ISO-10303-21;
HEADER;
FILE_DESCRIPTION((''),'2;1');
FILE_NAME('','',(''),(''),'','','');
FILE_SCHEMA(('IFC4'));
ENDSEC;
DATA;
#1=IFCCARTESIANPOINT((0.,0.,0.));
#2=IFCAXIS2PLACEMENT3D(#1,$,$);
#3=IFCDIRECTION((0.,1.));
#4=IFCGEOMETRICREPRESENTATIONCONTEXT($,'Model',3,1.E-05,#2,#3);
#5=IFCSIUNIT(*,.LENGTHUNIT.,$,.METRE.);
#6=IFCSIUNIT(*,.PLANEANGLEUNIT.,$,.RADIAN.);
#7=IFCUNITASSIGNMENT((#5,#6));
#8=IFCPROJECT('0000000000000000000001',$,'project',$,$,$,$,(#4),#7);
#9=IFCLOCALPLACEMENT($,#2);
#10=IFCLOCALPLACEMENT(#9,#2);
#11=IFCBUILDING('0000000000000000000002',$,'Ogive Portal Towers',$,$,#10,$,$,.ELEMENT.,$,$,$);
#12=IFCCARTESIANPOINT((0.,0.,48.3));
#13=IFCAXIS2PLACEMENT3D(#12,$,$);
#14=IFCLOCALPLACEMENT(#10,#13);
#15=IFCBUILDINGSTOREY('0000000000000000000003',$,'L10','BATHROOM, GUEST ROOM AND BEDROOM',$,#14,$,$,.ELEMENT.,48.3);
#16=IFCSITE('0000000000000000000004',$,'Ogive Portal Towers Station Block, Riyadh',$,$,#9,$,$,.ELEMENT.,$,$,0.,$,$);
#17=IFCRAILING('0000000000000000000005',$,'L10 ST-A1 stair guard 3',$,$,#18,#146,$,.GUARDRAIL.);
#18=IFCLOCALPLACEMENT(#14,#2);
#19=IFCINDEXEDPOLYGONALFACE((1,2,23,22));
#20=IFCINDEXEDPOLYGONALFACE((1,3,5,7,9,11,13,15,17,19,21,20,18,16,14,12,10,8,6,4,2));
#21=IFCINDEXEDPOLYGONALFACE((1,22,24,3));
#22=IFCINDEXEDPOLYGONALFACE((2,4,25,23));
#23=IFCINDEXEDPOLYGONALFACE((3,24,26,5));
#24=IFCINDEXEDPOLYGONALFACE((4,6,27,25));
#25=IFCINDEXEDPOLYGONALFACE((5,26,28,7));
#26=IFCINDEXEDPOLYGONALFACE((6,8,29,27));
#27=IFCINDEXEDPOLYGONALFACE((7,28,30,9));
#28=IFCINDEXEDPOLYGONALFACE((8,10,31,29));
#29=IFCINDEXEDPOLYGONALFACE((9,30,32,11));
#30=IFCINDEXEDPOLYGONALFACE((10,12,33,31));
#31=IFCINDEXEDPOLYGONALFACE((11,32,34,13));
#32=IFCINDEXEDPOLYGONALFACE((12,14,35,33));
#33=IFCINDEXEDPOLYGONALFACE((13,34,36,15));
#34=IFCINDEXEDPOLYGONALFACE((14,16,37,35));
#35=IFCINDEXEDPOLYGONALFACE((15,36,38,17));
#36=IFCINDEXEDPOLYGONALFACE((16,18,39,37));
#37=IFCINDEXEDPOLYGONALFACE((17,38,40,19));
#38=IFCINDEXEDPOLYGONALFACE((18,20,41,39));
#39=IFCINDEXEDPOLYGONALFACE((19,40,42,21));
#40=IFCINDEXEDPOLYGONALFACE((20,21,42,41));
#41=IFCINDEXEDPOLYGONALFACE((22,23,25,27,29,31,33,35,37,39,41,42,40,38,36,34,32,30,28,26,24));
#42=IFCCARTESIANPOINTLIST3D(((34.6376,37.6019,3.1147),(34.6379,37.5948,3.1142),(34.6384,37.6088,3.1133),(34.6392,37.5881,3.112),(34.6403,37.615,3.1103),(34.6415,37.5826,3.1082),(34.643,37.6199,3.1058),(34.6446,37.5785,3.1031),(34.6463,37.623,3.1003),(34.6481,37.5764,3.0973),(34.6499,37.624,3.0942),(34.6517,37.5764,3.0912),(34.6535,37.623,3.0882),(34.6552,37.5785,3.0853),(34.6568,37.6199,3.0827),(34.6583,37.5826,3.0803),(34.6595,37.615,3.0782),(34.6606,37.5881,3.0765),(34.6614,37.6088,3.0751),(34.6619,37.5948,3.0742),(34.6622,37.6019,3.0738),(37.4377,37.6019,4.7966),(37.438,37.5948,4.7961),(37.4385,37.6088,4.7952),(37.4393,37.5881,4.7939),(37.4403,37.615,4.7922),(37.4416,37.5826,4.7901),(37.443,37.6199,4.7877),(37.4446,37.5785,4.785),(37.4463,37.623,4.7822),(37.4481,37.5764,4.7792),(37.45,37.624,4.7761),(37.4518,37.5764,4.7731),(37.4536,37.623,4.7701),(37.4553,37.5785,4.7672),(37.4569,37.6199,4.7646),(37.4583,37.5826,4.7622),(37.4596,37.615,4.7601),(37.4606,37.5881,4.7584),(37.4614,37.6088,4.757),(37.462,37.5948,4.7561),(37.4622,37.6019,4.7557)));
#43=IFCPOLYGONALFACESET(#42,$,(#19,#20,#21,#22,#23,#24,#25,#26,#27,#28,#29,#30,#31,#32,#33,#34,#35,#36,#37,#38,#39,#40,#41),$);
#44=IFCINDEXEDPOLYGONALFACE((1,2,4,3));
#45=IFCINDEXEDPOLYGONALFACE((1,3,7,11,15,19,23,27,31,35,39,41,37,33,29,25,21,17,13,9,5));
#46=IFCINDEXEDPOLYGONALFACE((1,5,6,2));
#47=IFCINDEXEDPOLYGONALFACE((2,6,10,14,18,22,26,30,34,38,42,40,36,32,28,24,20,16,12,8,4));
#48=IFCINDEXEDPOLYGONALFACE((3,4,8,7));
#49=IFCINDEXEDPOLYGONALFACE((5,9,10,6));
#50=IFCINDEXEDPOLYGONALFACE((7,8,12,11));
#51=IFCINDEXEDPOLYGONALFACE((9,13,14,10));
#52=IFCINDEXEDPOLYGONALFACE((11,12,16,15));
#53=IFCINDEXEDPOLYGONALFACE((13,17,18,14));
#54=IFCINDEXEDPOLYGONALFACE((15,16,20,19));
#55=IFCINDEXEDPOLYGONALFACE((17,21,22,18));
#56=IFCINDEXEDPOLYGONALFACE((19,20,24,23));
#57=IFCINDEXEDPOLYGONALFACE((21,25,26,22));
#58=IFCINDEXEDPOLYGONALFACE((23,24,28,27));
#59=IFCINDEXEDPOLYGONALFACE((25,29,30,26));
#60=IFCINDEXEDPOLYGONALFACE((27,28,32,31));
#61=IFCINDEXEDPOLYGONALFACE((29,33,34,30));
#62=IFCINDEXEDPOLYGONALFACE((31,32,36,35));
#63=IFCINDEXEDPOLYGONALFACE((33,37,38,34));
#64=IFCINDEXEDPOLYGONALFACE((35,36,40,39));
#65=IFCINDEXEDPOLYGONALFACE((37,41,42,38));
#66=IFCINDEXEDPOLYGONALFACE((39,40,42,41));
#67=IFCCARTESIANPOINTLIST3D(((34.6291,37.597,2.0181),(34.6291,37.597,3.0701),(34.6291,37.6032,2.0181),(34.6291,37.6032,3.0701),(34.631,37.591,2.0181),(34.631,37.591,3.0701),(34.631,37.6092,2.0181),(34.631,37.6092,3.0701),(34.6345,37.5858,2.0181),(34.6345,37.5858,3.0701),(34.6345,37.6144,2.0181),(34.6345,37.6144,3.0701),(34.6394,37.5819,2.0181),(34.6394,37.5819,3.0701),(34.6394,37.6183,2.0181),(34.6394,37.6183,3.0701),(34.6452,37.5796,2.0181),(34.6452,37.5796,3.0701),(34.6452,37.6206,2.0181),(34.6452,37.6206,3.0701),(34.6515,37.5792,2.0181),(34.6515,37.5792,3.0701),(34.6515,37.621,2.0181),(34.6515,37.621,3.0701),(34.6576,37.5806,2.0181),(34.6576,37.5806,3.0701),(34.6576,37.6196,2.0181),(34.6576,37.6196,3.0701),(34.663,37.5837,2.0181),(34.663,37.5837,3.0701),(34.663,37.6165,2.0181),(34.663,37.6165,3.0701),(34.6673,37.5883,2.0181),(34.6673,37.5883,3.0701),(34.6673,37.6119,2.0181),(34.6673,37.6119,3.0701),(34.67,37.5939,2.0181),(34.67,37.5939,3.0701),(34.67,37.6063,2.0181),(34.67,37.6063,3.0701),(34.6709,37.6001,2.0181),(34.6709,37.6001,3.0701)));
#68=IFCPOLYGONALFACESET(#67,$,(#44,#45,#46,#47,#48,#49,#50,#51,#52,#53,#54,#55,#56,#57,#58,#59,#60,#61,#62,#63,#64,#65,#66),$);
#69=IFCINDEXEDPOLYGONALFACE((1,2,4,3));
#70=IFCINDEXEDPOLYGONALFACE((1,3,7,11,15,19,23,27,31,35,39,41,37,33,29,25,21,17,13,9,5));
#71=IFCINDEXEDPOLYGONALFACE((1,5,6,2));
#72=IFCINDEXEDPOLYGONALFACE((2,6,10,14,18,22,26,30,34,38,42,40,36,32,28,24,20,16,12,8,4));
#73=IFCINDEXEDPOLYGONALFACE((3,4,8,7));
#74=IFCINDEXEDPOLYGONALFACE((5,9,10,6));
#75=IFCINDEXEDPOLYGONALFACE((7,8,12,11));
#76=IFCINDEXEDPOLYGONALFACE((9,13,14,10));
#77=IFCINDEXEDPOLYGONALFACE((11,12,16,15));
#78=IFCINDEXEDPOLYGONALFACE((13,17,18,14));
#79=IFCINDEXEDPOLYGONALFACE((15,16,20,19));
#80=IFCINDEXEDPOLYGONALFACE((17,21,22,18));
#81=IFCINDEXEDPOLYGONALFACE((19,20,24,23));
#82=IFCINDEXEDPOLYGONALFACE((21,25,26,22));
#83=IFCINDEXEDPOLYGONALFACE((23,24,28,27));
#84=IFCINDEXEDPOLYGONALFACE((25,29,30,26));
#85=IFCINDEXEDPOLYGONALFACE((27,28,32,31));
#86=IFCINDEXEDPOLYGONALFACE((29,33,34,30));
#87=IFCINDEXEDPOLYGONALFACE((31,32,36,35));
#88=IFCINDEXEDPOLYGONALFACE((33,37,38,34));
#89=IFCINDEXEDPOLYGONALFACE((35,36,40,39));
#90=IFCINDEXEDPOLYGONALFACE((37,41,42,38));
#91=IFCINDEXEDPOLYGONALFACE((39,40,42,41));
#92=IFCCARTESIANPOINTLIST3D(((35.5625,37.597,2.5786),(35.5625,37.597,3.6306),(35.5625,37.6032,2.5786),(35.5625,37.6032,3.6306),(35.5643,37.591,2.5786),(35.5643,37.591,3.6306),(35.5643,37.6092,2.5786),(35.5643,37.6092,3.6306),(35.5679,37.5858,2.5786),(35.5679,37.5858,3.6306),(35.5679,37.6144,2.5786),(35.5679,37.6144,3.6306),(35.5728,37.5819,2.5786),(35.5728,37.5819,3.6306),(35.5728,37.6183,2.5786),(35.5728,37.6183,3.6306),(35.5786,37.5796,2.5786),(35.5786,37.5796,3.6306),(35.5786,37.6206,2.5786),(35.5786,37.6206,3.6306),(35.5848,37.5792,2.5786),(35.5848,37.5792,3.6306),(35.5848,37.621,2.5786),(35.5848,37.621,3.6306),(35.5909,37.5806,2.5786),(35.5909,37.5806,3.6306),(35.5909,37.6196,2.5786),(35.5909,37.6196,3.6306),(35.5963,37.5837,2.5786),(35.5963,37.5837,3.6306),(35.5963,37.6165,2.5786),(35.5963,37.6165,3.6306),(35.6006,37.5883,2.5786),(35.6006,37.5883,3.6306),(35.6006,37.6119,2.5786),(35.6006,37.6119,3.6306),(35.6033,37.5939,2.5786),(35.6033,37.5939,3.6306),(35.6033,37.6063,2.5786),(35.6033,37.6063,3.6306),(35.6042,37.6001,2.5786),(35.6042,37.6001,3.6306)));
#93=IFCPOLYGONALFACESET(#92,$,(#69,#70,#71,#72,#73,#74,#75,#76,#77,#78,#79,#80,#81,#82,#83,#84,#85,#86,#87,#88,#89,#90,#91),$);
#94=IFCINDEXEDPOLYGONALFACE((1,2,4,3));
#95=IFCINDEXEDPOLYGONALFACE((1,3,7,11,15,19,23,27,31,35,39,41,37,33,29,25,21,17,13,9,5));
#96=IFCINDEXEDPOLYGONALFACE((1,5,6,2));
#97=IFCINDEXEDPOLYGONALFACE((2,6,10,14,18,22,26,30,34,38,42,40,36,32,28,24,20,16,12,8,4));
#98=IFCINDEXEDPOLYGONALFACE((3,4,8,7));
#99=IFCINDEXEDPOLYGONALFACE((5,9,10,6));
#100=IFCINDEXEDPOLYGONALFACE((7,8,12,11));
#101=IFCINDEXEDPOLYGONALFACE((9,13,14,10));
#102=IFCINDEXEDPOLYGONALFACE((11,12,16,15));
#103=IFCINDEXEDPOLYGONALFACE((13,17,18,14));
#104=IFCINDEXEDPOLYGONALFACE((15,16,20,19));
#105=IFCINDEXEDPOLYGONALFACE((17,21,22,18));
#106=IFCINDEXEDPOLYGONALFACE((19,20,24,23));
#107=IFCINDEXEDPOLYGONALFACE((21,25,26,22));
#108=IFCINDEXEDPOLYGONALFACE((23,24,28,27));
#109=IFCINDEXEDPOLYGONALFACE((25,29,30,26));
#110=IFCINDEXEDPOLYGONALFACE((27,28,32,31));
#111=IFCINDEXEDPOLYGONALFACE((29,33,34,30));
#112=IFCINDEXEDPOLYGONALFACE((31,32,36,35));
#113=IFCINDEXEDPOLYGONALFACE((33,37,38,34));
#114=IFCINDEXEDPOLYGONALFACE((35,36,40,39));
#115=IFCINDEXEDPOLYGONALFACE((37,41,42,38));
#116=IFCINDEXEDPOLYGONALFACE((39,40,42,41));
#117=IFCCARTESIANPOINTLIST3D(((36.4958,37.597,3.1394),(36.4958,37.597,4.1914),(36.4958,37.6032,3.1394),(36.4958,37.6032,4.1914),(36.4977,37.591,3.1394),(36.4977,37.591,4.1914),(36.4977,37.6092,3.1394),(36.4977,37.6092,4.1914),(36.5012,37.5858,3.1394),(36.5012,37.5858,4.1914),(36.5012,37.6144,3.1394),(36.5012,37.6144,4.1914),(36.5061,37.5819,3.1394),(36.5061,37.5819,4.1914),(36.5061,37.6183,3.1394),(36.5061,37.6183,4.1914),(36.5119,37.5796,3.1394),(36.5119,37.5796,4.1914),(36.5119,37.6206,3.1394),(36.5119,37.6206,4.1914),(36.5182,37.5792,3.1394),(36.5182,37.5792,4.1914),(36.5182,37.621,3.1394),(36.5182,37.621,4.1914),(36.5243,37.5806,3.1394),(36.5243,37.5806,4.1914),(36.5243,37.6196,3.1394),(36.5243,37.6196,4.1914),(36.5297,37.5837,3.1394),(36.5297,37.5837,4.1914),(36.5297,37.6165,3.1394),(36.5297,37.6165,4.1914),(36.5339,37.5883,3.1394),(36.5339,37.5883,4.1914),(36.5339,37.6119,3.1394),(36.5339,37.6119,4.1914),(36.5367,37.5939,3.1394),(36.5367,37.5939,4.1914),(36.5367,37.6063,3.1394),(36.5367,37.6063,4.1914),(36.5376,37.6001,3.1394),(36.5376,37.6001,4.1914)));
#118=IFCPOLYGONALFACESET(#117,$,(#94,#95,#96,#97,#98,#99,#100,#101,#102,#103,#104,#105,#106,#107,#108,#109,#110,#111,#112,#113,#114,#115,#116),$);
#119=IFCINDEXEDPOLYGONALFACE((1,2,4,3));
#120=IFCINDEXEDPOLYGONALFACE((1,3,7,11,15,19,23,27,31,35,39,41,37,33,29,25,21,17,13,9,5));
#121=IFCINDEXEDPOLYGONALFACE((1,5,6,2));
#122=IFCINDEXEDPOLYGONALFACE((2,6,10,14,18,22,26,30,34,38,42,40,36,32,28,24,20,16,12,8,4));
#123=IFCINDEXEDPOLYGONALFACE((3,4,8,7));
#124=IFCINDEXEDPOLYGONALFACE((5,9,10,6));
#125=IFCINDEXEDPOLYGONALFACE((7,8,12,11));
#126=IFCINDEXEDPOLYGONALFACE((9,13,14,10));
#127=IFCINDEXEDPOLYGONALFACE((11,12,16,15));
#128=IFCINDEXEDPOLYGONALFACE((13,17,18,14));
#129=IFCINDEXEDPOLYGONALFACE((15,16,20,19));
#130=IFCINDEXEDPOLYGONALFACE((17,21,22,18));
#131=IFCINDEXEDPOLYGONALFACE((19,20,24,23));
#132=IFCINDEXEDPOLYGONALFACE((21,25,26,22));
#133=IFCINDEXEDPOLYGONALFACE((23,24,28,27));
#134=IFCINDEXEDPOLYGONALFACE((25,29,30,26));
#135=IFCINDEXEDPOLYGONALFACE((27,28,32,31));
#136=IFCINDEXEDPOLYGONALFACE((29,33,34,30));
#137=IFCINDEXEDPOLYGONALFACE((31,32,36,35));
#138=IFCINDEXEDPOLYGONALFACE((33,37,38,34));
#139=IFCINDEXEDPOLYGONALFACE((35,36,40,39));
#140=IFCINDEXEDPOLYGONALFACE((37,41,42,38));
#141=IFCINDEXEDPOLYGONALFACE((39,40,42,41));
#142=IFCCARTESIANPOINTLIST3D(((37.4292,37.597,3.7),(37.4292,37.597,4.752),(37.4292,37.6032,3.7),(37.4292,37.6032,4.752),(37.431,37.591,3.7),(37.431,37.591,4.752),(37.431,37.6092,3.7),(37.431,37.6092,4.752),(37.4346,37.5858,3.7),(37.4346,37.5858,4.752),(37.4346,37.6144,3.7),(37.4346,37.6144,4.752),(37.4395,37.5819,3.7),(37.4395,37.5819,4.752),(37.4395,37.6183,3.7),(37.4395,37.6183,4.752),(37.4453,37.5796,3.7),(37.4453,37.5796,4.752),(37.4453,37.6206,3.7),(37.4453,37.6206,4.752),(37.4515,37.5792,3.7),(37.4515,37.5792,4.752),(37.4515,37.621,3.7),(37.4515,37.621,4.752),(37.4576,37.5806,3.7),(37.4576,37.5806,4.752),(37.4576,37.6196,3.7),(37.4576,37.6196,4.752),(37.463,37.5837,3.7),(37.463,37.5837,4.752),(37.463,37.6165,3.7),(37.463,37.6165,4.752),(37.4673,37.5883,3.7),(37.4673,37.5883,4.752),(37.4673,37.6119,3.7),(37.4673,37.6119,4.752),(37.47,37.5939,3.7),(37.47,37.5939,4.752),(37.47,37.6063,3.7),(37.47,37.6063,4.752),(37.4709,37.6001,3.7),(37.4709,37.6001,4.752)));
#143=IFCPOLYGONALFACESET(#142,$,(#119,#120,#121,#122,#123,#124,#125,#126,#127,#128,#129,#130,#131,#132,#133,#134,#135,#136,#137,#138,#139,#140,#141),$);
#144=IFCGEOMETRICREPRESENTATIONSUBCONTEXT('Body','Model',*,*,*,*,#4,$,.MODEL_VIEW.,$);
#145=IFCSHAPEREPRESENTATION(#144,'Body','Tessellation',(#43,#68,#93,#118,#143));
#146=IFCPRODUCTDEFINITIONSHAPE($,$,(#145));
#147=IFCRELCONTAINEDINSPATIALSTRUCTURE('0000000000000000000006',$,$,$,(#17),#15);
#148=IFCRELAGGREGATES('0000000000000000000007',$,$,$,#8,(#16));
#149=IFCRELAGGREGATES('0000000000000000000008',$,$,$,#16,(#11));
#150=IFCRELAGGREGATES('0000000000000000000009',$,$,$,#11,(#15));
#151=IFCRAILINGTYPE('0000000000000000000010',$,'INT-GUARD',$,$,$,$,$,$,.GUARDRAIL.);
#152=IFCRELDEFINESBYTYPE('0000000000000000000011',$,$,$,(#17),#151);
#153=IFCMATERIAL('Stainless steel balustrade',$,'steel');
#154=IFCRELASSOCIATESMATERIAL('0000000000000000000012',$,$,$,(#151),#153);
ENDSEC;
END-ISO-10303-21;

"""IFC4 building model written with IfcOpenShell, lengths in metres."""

from ifc_helpers import new_model, si_unit, direction, frame, origin, origin_2d, place, context, subcontext, project, spatial, circle, extrude, material, type_object, element, save


model = new_model("IFC4")

# Units and contexts
model_context = context("Model", 3, precision=1e-05, world=origin(), true_north=direction((0.0, 1.0)))
body_context = subcontext(model_context, "Body", "Model", "MODEL_VIEW")
ifc_project = project(units=[si_unit("LENGTHUNIT", "METRE"), si_unit("PLANEANGLEUNIT", "RADIAN")], contexts=[model_context])

# Site, building, storey
site_placement = place(None, origin())
site = spatial("IfcSite", under=ifc_project, at=site_placement, Name="Ogive Portal Towers Station Block, Riyadh", CompositionType="ELEMENT", RefElevation=0.0)
building_placement = place(site_placement, origin())
building = spatial("IfcBuilding", under=site, at=building_placement, Name="Ogive Portal Towers", CompositionType="ELEMENT")
storey_placement = place(building_placement, frame((0.0, 0.0, 48.3)))
storey = spatial("IfcBuildingStorey", under=building, at=storey_placement, Name="L10", Description="BATHROOM, GUEST ROOM AND BEDROOM", CompositionType="ELEMENT", Elevation=48.3)

# Railing
ifc_material_1 = material(Name="Stainless steel balustrade", Category="steel")
railing_type_1 = type_object("IfcRailingType", Name="INT-GUARD", PredefinedType="GUARDRAIL", material=ifc_material_1)
railing_1_placement = place(storey_placement, frame((34.6499, 37.6001, 2.0181)))
element("IfcRailing", 1, at=railing_1_placement, inside=storey, type_object=railing_type_1, Name="L10 ST-A1 stair guard 3", PredefinedType="GUARDRAIL", context=body_context, shape_type="SweptSolid", body=[
    extrude(circle(Radius=0.0239, at=origin_2d()), frame((0.0, 0.0, 1.0762), z_axis=(0.857242, 0.0, 0.514913), x_axis=(0.0, 1.0, 0.0)), (0.0, 0.0, 1.0), 3.2664),
    extrude(circle(Radius=0.021, at=origin_2d()), origin(), (0.0, 0.0, 1.0), 1.052),
    extrude(circle(Radius=0.021, at=origin_2d()), frame((0.9333, 0.0, 0.5605)), (0.0, 0.0, 1.0), 1.052),
    extrude(circle(Radius=0.021, at=origin_2d()), frame((1.8667, 0.0, 1.1213)), (0.0, 0.0, 1.0), 1.052),
    extrude(circle(Radius=0.021, at=origin_2d()), frame((2.8, 0.0, 1.6819)), (0.0, 0.0, 1.0), 1.052),
])

save(model, "model.ifc")
